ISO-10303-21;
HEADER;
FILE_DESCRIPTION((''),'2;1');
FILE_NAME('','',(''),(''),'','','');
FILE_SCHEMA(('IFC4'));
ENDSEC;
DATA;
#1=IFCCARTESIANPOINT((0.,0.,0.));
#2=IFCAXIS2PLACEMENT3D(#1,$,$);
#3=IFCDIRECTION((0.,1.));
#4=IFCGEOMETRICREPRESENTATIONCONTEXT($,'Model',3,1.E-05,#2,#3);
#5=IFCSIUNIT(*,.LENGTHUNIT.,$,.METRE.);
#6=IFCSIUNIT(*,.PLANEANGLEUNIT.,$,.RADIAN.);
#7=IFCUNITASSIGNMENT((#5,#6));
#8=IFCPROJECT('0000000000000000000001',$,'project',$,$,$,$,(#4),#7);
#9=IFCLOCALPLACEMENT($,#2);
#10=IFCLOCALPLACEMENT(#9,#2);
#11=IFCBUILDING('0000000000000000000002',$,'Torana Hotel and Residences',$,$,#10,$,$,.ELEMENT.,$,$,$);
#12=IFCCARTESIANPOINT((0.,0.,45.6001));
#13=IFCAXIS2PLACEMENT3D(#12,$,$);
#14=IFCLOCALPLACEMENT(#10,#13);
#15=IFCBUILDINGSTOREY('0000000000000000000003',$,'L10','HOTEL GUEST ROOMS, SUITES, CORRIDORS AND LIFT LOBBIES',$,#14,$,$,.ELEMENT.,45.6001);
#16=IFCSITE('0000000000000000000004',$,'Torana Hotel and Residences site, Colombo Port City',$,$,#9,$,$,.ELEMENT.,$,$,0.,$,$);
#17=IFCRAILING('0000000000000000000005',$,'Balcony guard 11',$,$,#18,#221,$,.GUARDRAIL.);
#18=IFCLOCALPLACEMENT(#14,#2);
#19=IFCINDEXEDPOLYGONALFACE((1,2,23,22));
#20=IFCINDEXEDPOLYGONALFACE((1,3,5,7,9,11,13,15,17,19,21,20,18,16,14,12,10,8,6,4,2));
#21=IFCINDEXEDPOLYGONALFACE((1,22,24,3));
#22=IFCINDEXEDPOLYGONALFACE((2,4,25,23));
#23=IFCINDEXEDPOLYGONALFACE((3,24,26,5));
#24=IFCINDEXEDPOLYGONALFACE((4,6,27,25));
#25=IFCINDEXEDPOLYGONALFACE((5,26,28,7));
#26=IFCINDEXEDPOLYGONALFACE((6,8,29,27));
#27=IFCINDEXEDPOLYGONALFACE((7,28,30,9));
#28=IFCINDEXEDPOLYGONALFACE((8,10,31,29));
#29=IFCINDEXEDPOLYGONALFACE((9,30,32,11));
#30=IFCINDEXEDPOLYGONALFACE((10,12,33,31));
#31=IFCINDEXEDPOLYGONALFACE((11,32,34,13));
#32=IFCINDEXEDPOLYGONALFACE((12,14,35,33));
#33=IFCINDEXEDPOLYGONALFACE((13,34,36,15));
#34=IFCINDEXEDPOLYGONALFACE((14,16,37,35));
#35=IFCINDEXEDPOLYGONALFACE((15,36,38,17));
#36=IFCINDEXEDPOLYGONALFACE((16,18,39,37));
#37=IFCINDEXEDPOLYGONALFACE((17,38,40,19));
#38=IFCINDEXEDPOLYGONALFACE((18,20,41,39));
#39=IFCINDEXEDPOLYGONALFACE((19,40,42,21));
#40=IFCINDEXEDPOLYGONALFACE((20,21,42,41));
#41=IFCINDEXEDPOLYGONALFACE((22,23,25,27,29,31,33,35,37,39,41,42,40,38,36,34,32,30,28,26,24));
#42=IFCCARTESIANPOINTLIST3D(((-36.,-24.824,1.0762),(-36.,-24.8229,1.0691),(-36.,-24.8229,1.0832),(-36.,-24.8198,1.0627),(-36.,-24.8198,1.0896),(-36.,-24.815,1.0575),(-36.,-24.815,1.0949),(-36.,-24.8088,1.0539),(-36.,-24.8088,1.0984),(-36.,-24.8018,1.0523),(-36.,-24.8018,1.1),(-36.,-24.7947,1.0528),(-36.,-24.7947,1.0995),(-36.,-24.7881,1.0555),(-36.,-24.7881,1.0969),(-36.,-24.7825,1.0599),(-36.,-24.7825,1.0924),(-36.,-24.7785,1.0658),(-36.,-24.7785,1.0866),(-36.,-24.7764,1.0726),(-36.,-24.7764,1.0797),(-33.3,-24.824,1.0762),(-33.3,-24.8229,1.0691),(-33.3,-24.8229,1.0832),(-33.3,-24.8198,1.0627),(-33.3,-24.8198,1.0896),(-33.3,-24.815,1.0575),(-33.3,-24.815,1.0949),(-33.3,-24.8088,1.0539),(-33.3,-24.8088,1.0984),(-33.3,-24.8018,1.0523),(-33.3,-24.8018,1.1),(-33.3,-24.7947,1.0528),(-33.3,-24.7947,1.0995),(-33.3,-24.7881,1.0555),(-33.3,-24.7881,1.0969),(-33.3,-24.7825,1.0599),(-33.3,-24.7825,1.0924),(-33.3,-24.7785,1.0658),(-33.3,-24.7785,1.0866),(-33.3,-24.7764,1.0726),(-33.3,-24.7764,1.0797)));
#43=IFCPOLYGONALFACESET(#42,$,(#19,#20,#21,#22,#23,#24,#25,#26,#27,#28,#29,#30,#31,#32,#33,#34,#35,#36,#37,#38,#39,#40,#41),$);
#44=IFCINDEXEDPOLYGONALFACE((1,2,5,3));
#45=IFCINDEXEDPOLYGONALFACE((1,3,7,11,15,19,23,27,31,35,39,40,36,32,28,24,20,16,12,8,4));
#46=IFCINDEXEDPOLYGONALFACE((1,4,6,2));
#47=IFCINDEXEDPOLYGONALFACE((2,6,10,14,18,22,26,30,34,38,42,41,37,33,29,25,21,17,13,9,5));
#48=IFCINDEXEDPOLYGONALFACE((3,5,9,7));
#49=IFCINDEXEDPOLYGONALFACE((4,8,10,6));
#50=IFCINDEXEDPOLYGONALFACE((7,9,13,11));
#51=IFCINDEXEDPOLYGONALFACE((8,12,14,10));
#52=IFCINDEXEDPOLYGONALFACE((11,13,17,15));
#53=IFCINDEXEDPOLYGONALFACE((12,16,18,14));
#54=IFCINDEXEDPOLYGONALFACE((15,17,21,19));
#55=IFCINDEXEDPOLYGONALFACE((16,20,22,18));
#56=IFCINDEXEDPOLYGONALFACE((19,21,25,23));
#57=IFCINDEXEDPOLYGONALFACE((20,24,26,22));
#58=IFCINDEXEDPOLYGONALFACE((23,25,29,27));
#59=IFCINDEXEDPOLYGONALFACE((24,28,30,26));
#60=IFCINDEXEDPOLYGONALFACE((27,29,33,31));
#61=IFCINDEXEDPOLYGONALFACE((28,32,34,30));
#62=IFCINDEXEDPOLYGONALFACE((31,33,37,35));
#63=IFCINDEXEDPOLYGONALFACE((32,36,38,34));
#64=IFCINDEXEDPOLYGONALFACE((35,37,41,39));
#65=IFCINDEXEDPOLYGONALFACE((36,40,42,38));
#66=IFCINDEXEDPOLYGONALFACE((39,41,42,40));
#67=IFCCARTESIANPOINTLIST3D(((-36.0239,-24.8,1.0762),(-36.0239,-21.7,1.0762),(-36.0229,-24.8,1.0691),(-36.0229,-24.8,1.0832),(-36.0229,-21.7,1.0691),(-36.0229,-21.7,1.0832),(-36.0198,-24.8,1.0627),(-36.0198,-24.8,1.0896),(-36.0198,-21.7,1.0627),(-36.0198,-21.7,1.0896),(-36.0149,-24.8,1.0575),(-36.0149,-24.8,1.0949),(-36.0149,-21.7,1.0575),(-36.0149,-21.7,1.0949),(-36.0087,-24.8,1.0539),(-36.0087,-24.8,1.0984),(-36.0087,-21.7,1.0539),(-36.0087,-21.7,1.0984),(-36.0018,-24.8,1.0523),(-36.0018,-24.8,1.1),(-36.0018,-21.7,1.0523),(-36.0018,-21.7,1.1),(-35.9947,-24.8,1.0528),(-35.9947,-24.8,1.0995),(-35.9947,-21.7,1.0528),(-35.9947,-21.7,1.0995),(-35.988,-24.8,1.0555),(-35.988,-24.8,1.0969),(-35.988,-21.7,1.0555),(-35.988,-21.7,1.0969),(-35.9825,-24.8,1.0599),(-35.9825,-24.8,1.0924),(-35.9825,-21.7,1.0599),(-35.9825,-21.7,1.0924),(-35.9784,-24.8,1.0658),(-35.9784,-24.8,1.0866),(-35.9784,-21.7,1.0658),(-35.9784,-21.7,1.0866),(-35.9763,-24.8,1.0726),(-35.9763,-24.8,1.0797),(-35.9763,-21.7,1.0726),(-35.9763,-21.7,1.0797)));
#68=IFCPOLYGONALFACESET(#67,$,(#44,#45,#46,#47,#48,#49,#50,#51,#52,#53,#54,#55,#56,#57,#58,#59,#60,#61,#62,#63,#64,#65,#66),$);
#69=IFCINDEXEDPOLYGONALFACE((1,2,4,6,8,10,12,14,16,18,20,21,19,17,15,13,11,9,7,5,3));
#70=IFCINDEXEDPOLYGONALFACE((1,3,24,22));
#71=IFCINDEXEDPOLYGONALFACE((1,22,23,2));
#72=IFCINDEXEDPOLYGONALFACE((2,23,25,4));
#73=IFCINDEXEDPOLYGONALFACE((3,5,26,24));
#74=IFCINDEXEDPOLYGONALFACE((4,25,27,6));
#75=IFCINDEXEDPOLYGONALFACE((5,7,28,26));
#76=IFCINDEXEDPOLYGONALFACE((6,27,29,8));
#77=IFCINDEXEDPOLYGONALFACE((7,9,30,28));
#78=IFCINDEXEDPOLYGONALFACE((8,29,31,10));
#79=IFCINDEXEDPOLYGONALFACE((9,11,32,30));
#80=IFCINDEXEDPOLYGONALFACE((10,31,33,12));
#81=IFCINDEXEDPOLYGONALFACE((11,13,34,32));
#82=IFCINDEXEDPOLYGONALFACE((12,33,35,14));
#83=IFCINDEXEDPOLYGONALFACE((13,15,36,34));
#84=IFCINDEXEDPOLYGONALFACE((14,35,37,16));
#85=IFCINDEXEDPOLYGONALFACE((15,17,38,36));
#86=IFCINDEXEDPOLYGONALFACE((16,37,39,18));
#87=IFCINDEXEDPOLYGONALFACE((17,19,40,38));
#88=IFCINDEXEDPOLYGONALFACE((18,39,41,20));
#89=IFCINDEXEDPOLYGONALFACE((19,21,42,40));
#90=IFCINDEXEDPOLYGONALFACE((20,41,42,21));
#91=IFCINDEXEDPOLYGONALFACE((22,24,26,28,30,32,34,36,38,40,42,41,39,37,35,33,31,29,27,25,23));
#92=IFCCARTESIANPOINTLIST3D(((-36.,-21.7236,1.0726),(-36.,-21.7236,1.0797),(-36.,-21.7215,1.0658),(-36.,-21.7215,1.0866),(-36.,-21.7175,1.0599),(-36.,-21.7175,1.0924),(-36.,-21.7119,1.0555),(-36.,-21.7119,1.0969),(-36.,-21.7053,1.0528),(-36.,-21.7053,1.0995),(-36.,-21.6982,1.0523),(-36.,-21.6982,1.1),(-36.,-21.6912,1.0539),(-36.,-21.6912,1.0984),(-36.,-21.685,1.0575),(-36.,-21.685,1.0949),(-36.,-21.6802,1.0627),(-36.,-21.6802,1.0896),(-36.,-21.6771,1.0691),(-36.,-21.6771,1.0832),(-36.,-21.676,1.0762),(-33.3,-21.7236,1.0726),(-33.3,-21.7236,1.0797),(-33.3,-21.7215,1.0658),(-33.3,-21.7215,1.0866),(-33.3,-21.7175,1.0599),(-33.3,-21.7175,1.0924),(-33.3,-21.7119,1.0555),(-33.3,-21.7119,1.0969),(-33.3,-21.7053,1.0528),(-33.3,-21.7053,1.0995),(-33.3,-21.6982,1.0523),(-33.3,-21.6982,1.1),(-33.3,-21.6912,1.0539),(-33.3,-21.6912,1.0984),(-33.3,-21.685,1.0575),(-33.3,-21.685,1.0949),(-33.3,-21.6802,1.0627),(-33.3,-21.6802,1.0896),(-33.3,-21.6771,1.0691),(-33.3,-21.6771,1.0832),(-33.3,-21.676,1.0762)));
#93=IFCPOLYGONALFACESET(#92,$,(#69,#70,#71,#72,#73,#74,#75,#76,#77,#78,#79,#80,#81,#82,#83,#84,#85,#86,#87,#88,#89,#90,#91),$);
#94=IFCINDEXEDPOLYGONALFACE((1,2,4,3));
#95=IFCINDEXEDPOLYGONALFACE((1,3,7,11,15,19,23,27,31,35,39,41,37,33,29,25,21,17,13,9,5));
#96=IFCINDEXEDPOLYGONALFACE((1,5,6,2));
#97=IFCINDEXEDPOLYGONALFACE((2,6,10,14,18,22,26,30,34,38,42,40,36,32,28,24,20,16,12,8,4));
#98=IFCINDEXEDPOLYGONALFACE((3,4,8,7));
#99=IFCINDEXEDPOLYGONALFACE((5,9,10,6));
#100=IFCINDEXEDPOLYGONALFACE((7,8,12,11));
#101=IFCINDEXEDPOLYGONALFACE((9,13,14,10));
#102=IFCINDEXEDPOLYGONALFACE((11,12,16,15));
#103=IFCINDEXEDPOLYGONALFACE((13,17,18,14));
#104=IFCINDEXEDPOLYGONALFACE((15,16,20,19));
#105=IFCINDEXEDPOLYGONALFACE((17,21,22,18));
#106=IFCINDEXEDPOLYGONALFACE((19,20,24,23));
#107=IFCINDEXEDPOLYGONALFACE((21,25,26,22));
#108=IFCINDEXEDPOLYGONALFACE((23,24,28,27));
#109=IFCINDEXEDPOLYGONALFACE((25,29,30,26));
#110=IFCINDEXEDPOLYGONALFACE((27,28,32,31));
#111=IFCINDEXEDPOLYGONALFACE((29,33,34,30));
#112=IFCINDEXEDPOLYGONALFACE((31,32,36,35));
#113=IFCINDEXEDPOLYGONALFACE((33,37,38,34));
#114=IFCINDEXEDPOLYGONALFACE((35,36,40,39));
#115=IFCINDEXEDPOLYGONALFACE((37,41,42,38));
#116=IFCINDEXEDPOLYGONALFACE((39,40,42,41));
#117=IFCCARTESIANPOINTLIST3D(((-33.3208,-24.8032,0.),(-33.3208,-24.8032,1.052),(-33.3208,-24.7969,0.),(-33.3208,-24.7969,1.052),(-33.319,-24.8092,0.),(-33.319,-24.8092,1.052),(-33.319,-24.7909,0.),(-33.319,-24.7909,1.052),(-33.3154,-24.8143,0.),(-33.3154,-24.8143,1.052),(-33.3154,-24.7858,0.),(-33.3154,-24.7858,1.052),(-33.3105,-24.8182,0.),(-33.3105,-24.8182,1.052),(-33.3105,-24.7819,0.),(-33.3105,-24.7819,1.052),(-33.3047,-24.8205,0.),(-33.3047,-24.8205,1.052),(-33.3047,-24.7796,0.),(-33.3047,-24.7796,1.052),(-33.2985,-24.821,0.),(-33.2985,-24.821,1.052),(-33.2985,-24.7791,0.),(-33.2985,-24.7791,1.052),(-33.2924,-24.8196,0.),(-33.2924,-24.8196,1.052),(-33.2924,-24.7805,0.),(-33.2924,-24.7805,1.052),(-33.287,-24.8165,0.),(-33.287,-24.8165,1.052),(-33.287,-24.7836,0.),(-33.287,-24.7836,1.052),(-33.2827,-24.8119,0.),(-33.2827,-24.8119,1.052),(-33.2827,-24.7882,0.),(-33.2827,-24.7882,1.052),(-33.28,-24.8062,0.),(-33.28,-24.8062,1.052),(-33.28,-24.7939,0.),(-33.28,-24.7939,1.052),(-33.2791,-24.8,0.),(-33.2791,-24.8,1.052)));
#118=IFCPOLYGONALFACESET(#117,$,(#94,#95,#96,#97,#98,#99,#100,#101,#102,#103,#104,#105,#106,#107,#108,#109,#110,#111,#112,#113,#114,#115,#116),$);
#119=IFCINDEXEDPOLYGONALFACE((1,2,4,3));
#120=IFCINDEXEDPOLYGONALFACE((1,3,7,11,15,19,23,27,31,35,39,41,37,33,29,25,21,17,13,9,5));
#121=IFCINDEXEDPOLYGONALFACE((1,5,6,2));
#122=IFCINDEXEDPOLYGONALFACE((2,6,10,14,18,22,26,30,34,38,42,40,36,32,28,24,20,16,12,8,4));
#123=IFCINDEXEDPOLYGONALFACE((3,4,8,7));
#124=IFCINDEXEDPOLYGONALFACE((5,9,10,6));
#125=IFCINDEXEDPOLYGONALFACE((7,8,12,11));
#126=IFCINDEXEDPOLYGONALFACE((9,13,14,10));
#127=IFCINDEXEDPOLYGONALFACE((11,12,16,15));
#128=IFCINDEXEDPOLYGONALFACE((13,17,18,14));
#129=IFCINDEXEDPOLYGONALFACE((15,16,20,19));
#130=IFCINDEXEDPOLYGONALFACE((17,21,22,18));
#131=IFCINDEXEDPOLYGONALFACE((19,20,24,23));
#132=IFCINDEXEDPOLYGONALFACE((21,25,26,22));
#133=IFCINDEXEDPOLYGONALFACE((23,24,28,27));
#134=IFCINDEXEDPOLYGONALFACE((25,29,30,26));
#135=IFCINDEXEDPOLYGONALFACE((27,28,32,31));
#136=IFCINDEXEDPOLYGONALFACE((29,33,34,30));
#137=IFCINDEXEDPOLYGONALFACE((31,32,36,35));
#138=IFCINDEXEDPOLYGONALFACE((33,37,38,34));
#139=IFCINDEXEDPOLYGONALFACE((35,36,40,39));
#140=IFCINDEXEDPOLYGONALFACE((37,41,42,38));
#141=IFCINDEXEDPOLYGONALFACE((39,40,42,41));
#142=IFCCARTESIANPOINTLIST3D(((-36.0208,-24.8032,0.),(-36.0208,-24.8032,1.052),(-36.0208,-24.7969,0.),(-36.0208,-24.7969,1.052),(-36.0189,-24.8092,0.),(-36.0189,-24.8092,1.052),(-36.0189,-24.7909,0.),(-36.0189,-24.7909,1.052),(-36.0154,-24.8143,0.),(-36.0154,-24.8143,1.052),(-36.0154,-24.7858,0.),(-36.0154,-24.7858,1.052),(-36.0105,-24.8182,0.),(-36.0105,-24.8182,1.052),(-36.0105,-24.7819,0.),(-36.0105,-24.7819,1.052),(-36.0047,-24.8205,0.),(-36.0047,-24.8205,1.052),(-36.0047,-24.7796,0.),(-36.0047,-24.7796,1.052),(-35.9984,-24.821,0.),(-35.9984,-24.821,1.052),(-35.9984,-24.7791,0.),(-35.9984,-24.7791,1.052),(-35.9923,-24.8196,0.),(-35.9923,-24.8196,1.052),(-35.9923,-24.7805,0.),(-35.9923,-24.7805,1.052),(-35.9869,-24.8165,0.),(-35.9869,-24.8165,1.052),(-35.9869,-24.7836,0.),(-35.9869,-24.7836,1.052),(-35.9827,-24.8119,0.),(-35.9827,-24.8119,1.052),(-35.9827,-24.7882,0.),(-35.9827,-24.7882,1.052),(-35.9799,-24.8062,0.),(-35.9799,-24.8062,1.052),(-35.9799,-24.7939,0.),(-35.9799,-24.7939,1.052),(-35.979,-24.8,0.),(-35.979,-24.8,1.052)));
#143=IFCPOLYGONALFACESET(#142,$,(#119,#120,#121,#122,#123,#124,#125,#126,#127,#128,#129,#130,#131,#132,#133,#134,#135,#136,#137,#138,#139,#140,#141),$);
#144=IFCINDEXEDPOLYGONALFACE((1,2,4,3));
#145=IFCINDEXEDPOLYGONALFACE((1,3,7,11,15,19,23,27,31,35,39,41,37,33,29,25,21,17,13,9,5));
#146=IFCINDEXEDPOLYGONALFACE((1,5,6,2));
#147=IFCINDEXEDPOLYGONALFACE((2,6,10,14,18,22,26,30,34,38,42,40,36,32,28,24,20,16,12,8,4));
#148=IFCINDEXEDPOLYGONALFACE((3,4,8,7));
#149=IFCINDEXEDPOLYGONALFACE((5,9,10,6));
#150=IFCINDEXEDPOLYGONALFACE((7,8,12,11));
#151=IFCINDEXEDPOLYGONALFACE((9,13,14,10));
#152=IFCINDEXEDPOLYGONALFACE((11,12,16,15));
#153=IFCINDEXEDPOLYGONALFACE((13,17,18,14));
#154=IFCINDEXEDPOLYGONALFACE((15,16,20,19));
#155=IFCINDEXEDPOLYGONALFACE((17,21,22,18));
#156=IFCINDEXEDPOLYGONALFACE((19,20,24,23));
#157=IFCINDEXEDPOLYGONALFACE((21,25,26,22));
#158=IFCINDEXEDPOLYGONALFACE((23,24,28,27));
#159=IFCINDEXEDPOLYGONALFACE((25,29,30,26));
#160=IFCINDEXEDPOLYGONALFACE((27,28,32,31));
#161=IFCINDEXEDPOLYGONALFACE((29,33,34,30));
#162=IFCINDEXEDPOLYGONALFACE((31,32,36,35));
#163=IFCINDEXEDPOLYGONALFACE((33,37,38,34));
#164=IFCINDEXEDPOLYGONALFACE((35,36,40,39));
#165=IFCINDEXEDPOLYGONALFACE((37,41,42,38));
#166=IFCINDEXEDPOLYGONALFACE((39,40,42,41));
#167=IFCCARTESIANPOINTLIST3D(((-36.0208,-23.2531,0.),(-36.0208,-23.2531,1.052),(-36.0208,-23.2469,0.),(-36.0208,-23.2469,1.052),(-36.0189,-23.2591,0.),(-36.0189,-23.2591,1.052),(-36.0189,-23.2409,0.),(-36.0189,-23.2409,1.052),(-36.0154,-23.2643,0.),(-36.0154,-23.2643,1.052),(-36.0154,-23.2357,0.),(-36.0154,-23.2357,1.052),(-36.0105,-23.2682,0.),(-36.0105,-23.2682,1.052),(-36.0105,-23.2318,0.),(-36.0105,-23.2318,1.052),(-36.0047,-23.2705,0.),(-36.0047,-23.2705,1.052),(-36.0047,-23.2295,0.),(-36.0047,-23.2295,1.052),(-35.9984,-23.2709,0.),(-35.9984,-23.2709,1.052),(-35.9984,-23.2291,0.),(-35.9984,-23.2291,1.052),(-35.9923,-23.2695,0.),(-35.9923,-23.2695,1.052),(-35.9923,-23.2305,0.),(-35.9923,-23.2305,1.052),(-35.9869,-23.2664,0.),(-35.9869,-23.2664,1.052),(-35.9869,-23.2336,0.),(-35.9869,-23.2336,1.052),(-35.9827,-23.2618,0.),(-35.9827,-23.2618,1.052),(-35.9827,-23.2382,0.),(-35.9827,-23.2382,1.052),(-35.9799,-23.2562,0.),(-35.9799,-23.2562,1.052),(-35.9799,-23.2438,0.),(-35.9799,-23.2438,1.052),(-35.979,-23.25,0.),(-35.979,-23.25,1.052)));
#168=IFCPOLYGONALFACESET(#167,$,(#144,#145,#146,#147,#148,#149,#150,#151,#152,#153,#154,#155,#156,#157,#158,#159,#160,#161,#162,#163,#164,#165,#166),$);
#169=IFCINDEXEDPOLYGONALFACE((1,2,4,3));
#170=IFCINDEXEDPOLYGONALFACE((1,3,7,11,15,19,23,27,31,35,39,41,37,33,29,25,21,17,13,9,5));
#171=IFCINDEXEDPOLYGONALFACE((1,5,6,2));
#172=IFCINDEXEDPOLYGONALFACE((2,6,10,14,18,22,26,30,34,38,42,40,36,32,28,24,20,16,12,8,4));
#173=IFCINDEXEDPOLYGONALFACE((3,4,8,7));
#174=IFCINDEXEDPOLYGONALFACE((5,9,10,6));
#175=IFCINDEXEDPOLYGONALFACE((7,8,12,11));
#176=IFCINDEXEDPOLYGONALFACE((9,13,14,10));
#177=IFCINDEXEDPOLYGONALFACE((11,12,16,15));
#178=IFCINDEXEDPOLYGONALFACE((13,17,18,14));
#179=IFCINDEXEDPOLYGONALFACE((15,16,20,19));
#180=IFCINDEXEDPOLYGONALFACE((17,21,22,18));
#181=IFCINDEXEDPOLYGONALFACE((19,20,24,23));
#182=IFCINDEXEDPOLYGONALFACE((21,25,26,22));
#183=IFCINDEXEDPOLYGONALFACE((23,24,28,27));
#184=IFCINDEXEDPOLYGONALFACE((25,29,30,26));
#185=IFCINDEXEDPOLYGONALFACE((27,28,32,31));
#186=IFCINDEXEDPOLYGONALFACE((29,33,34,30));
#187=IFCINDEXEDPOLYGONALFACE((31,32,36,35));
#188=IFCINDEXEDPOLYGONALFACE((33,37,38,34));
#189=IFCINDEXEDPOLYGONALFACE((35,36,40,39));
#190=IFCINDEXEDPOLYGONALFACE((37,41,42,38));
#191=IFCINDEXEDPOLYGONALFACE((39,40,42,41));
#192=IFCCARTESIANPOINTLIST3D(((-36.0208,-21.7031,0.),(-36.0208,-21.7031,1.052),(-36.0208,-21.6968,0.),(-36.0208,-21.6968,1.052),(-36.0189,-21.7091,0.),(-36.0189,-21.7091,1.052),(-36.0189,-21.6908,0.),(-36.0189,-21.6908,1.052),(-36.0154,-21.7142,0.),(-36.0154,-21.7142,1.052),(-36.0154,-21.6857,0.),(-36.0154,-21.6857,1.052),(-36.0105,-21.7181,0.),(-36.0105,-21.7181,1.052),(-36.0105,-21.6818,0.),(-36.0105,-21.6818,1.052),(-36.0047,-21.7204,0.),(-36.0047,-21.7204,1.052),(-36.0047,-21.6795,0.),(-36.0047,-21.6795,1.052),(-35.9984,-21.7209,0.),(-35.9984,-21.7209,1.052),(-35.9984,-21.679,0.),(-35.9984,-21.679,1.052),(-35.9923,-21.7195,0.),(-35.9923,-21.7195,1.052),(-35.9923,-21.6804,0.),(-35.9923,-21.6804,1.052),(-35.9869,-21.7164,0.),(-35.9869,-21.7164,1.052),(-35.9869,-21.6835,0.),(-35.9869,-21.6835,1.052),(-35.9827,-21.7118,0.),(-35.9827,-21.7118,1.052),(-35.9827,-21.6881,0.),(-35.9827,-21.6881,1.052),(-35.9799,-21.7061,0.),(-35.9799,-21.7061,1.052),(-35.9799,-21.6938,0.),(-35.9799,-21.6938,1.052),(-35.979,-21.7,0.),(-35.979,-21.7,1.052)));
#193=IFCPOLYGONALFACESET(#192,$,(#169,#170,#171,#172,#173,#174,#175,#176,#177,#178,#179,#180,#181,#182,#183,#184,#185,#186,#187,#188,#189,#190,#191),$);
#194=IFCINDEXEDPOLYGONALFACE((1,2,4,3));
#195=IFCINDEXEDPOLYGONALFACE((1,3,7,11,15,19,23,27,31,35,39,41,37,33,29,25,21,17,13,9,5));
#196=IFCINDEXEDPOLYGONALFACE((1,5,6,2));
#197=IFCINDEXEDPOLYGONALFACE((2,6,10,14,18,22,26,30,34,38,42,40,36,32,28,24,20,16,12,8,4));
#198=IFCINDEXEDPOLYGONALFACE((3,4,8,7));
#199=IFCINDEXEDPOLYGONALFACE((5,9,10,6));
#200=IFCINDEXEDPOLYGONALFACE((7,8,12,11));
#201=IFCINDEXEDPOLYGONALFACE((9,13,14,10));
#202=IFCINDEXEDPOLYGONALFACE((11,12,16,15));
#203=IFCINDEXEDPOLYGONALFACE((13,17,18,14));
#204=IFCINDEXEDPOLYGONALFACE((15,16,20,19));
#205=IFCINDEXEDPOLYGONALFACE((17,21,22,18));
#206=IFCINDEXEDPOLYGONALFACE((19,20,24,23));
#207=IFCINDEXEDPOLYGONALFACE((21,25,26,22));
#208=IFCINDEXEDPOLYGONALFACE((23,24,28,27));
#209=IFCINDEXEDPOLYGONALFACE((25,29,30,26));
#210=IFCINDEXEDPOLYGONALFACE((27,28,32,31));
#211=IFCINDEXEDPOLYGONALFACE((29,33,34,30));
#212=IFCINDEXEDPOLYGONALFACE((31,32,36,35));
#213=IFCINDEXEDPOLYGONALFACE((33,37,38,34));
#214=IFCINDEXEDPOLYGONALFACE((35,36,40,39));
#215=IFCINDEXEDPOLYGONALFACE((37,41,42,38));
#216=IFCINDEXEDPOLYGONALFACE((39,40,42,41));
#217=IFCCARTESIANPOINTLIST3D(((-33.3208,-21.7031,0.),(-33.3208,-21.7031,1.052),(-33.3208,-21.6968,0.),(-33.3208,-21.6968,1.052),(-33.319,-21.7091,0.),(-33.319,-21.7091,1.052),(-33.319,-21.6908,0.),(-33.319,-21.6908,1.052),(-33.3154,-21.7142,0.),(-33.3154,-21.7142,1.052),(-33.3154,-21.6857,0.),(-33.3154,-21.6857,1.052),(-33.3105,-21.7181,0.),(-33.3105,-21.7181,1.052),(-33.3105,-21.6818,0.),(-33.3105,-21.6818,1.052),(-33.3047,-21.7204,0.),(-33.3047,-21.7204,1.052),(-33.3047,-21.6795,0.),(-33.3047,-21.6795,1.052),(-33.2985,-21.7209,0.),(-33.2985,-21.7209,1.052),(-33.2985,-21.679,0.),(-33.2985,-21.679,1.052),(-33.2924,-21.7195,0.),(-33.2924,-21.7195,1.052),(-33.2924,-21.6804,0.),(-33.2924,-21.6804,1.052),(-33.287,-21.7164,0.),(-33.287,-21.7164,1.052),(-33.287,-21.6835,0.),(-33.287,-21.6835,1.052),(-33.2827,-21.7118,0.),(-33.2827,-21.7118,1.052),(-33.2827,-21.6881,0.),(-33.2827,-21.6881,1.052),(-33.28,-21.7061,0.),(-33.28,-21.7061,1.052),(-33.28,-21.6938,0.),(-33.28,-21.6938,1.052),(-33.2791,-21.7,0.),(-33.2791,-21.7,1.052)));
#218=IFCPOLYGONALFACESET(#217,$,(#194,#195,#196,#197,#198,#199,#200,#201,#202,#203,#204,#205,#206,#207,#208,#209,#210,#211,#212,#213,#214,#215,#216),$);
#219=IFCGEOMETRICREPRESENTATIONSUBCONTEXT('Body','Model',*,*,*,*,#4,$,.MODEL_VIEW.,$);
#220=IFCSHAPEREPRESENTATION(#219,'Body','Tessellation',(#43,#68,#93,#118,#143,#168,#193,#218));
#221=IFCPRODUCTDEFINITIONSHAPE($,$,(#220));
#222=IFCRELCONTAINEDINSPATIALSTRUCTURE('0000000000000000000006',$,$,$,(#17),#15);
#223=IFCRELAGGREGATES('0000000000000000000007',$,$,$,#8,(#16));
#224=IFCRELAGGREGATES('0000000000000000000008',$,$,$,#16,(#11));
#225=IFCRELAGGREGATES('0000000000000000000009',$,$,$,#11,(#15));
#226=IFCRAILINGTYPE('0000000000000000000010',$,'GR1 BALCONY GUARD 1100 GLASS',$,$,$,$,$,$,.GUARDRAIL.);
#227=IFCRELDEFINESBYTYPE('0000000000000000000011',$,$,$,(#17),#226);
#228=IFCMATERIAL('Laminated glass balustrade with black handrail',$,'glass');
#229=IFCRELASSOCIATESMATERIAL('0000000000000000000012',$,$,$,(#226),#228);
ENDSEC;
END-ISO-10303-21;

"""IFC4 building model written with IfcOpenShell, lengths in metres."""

from ifc_helpers import new_model, si_unit, direction, frame, origin, origin_2d, place, context, subcontext, project, spatial, circle, extrude, material, type_object, element, save


model = new_model("IFC4")

# Units and contexts
model_context = context("Model", 3, precision=1e-05, world=origin(), true_north=direction((0.0, 1.0)))
body_context = subcontext(model_context, "Body", "Model", "MODEL_VIEW")
ifc_project = project(units=[si_unit("LENGTHUNIT", "METRE"), si_unit("PLANEANGLEUNIT", "RADIAN")], contexts=[model_context])

# Site, building, storey
site_placement = place(None, origin())
site = spatial("IfcSite", under=ifc_project, at=site_placement, Name="Torana Hotel and Residences site, Colombo Port City", CompositionType="ELEMENT", RefElevation=0.0)
building_placement = place(site_placement, origin())
building = spatial("IfcBuilding", under=site, at=building_placement, Name="Torana Hotel and Residences", CompositionType="ELEMENT")
storey_placement = place(building_placement, frame((0.0, 0.0, 45.6001)))
storey = spatial("IfcBuildingStorey", under=building, at=storey_placement, Name="L10", Description="HOTEL GUEST ROOMS, SUITES, CORRIDORS AND LIFT LOBBIES", CompositionType="ELEMENT", Elevation=45.6001)

# Railing
ifc_material_1 = material(Name="Laminated glass balustrade with black handrail", Category="glass")
railing_type = type_object("IfcRailingType", Name="GR1 BALCONY GUARD 1100 GLASS", PredefinedType="GUARDRAIL", material=ifc_material_1)
railing_placement = place(storey_placement, frame((-33.3, -24.8, 0.0)))
element("IfcRailing", 1, at=railing_placement, inside=storey, type_object=railing_type, Name="Balcony guard 11", PredefinedType="GUARDRAIL", context=body_context, shape_type="SweptSolid", body=[
    extrude(circle(Radius=0.0239, at=origin_2d()), frame((0.0, 0.0, 1.0762), z_axis=(-1.0, 0.0, 0.0), x_axis=(0.0, -1.0, 0.0)), (0.0, 0.0, 1.0), 2.7),
    extrude(circle(Radius=0.0239, at=origin_2d()), frame((-2.7, 0.0, 1.0762), z_axis=(0.0, 1.0, 0.0), x_axis=(-1.0, 0.0, 0.0)), (0.0, 0.0, 1.0), 3.1001),
    extrude(circle(Radius=0.0239, at=origin_2d()), frame((-2.7, 3.1001, 1.0762), z_axis=(1.0, 0.0, 0.0), x_axis=(0.0, 1.0, 0.0)), (0.0, 0.0, 1.0), 2.7),
    extrude(circle(Radius=0.021, at=origin_2d()), origin(), (0.0, 0.0, 1.0), 1.052),
    extrude(circle(Radius=0.021, at=origin_2d()), frame((-2.7, 0.0, 0.0)), (0.0, 0.0, 1.0), 1.052),
    extrude(circle(Radius=0.021, at=origin_2d()), frame((-2.7, 1.55, 0.0)), (0.0, 0.0, 1.0), 1.052),
    extrude(circle(Radius=0.021, at=origin_2d()), frame((-2.7, 3.1001, 0.0)), (0.0, 0.0, 1.0), 1.052),
    extrude(circle(Radius=0.021, at=origin_2d()), frame((0.0, 3.1001, 0.0)), (0.0, 0.0, 1.0), 1.052),
])

save(model, "model.ifc")
